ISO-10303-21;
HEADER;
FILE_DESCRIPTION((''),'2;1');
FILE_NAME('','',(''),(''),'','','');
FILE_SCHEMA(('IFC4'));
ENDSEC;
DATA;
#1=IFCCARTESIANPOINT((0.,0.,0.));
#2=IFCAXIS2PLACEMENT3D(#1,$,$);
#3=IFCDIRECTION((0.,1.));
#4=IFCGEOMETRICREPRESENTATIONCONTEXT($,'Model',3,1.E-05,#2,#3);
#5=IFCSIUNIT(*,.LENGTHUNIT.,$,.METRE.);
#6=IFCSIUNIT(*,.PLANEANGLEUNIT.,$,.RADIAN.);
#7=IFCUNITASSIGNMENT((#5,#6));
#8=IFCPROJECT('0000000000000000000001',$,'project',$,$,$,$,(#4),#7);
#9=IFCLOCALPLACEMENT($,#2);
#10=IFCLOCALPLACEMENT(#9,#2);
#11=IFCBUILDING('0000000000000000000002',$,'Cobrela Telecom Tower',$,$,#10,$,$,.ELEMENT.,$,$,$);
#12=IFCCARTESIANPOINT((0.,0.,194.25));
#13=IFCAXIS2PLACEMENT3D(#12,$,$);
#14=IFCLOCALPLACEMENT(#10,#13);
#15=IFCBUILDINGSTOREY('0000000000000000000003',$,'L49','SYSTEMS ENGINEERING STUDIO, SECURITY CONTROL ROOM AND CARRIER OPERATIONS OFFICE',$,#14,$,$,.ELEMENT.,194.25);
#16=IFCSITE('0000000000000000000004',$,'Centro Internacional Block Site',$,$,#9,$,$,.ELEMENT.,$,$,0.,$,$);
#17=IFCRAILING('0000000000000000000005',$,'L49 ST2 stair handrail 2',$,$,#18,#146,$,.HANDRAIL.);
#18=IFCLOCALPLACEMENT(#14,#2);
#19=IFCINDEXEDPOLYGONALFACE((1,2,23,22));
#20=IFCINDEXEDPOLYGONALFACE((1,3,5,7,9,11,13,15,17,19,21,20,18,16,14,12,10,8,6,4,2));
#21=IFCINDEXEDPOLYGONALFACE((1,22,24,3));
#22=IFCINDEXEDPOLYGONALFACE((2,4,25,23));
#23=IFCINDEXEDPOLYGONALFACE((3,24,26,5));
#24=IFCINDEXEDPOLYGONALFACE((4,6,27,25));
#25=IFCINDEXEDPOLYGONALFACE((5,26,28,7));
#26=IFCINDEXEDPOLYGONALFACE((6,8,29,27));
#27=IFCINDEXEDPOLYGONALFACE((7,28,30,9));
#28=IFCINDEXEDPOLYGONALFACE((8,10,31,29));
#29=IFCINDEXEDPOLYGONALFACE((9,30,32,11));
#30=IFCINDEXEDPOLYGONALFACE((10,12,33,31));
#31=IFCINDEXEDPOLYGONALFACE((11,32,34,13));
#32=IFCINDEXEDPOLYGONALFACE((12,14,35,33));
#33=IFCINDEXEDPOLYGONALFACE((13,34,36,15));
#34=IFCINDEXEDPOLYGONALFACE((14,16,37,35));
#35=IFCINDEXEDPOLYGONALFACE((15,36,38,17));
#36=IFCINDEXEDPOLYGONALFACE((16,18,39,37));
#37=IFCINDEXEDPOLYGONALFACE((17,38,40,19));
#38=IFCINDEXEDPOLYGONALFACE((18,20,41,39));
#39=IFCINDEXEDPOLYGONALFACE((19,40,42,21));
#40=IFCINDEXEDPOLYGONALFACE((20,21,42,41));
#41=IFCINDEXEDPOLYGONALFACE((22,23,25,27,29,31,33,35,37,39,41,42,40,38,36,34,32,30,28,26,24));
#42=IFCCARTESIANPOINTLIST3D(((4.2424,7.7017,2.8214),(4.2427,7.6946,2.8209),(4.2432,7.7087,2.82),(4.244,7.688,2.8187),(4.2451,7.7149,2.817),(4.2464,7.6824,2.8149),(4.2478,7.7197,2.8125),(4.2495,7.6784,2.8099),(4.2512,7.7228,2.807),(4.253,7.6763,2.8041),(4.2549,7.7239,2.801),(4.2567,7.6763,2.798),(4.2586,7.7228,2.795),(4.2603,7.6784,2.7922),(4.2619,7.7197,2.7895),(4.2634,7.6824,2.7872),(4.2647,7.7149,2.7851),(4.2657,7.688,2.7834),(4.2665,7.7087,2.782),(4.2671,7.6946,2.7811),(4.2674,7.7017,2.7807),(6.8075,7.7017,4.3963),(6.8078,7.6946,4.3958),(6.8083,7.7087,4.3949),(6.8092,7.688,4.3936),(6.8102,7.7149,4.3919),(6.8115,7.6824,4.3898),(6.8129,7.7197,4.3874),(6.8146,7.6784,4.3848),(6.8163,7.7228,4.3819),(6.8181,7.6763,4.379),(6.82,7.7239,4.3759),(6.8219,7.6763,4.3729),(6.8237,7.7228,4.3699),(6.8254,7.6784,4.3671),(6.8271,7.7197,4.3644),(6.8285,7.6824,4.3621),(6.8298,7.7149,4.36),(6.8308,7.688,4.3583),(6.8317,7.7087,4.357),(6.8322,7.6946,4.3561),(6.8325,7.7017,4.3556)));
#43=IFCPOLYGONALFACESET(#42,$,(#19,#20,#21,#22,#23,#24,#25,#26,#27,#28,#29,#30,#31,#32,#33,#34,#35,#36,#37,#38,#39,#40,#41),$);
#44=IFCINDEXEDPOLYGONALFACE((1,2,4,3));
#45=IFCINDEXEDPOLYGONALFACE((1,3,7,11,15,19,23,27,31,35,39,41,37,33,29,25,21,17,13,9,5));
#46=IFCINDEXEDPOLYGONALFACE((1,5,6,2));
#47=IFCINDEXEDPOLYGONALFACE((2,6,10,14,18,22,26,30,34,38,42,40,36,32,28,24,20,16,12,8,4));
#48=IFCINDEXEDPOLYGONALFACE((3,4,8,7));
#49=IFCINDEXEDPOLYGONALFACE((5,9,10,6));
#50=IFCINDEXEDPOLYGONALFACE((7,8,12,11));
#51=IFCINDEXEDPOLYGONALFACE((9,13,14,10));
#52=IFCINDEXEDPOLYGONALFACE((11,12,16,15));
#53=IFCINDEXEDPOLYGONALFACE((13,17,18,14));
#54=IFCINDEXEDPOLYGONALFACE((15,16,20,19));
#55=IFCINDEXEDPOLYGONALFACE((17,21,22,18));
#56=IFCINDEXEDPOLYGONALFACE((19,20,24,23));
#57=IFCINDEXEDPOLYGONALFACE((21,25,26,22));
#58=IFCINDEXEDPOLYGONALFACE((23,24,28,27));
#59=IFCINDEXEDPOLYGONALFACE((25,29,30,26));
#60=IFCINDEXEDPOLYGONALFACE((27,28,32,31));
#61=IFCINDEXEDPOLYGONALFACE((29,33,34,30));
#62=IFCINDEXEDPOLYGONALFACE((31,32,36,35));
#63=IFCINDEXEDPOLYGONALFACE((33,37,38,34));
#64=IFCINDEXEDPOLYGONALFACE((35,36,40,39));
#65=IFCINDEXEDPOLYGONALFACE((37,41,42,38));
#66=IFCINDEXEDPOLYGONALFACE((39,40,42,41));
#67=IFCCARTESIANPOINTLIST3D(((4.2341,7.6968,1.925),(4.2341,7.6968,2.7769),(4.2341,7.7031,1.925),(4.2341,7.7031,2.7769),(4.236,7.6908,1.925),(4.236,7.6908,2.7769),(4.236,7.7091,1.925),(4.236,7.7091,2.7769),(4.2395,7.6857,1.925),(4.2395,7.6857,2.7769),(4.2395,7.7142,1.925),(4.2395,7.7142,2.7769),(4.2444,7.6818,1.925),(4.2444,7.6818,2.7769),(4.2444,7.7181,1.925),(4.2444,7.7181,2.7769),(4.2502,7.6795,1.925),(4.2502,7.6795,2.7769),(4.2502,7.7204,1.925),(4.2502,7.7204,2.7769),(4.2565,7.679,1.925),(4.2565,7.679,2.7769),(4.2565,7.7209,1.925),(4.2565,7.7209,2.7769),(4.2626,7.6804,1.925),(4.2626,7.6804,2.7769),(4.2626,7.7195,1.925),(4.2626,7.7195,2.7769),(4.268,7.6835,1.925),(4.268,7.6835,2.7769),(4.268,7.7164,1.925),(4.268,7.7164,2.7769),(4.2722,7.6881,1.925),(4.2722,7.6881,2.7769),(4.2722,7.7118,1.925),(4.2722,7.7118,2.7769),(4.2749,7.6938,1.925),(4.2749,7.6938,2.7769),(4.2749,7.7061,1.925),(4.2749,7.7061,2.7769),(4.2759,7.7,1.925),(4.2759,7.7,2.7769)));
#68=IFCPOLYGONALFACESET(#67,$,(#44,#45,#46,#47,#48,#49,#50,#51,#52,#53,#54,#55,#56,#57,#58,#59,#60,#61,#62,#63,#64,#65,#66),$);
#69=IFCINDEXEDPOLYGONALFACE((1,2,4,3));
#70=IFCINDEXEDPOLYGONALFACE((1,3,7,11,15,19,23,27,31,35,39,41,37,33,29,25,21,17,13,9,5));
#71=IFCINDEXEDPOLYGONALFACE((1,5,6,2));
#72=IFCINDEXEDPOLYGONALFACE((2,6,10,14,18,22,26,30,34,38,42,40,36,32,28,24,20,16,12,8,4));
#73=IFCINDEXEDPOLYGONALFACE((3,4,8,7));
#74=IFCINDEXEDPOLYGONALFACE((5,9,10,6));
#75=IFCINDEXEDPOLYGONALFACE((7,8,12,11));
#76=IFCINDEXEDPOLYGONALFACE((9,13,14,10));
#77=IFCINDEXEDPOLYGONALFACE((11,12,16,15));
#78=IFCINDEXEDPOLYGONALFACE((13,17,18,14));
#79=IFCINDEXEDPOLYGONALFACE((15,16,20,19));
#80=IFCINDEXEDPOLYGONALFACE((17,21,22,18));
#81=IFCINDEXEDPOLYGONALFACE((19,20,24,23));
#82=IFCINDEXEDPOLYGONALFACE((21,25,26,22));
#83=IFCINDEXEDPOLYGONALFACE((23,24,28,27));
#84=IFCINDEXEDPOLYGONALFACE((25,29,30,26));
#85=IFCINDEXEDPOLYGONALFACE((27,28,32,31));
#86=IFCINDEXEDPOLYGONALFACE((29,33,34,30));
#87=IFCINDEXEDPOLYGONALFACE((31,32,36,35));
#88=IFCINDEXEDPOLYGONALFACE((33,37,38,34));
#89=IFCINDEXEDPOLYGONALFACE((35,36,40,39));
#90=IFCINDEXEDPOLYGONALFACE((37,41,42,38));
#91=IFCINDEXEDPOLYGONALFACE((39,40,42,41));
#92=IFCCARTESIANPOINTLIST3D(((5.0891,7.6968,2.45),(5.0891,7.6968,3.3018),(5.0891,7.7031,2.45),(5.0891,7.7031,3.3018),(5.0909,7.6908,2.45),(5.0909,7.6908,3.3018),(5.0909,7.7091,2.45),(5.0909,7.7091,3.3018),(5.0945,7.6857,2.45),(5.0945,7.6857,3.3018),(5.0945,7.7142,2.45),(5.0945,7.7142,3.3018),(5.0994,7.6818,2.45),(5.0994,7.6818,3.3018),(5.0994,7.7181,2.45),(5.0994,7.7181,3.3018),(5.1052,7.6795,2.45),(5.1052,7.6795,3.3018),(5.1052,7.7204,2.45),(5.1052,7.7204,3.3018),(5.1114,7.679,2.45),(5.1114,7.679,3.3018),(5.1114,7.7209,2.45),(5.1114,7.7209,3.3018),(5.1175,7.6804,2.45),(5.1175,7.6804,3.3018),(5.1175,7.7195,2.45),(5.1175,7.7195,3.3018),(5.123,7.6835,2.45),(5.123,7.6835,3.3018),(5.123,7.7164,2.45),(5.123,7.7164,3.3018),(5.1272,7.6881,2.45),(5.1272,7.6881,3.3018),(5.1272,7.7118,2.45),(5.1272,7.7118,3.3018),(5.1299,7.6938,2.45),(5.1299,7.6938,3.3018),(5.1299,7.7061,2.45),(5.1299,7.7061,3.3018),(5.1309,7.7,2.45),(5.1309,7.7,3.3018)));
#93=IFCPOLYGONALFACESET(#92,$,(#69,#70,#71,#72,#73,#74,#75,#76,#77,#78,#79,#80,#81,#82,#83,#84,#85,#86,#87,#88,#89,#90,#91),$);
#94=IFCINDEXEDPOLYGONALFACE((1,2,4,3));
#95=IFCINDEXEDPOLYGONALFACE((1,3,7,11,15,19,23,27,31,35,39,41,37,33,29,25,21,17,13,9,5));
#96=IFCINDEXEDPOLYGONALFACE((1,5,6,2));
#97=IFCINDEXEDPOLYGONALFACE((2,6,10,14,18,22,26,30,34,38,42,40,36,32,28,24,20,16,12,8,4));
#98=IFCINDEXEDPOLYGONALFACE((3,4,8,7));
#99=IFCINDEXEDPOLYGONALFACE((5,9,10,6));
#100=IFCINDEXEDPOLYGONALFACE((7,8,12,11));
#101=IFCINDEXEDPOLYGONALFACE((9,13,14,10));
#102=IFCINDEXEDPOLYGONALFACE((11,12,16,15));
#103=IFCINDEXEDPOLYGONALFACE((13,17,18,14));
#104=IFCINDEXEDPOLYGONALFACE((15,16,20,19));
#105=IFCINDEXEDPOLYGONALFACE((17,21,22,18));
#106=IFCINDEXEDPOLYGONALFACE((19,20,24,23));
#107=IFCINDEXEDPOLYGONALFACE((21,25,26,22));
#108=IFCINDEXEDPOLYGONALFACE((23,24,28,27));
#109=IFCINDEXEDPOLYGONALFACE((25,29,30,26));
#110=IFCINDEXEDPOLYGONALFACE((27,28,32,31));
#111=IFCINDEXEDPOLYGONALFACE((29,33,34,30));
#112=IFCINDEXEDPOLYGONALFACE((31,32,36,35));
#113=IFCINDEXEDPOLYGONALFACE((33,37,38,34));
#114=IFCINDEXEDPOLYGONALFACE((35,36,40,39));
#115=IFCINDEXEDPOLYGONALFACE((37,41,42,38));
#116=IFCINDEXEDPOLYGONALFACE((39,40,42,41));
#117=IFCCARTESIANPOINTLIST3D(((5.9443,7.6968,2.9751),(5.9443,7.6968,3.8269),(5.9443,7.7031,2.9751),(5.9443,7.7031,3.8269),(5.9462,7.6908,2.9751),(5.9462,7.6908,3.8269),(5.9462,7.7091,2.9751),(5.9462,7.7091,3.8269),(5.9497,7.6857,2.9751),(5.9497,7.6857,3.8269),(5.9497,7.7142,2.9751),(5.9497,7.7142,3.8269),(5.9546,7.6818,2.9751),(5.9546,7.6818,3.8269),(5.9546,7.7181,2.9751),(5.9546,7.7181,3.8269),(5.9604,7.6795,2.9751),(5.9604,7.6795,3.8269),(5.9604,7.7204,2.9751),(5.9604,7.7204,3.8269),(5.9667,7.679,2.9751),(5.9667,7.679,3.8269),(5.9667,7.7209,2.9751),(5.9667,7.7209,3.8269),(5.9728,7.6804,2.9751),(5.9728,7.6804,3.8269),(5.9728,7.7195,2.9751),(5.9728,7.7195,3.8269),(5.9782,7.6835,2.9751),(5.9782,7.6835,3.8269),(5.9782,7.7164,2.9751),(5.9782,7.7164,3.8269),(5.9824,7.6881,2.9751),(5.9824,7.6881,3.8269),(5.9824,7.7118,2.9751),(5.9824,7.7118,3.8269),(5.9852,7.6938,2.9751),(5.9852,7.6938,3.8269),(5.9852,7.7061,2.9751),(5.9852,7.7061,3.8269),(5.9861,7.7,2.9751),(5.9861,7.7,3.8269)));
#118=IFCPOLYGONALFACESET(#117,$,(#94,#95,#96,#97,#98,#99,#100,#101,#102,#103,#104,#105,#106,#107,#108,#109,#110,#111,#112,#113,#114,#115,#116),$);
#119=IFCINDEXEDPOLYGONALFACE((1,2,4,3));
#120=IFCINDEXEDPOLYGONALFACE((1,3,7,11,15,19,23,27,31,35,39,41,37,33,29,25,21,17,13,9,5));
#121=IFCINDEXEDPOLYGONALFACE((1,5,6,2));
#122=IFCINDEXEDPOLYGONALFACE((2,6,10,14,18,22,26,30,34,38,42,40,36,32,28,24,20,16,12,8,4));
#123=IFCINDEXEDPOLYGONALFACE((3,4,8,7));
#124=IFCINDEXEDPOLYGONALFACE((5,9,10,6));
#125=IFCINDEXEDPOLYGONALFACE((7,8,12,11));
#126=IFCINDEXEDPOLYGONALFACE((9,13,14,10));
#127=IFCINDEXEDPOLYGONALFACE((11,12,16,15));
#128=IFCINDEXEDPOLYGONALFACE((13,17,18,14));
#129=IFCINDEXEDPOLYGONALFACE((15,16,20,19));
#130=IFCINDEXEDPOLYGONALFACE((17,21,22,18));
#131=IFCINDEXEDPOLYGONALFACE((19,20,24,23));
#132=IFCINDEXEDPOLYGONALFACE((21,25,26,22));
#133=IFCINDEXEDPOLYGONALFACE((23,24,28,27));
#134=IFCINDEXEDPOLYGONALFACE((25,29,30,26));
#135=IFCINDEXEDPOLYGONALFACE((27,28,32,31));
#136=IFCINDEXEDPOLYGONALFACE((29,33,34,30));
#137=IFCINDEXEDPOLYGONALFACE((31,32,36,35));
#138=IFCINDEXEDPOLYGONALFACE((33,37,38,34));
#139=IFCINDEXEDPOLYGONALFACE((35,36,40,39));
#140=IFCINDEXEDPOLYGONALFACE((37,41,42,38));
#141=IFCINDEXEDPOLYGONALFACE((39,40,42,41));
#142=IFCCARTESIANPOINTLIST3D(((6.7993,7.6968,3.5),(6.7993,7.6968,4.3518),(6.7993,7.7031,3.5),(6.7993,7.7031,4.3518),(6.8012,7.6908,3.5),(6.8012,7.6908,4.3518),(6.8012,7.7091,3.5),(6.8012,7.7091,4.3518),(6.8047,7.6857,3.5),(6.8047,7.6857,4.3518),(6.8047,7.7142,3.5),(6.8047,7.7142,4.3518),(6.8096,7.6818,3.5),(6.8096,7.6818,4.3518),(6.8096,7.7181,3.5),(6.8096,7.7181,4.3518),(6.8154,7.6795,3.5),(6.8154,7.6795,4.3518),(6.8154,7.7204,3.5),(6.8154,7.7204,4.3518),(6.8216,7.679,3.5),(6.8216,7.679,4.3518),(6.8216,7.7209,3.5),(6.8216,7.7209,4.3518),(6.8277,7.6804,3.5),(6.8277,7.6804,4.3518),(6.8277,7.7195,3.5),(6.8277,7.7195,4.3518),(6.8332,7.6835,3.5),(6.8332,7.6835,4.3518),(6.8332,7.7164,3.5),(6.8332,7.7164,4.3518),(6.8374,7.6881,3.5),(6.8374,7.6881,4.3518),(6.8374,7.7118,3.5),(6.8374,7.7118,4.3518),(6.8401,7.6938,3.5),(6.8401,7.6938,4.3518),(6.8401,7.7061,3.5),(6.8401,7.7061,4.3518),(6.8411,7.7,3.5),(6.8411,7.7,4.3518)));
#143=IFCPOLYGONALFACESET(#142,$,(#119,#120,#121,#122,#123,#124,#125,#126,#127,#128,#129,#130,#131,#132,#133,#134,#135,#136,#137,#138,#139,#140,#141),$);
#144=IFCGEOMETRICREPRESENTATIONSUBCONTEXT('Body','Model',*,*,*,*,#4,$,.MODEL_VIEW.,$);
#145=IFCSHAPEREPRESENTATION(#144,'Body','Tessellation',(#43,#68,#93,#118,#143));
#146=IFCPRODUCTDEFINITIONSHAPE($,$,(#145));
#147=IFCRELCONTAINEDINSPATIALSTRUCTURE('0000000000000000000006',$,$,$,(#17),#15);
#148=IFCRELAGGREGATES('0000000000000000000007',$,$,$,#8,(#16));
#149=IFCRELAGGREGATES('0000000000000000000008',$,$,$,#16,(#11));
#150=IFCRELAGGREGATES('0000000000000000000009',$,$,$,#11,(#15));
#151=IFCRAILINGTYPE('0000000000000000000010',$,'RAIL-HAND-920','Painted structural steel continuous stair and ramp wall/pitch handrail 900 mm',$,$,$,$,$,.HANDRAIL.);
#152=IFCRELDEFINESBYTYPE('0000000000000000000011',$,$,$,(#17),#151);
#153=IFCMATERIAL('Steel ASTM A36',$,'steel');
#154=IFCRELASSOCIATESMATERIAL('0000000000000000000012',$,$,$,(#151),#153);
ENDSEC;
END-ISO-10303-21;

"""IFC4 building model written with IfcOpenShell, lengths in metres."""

from ifc_helpers import new_model, si_unit, direction, frame, origin, origin_2d, place, context, subcontext, project, spatial, circle, extrude, material, type_object, element, save


model = new_model("IFC4")

# Units and contexts
model_context = context("Model", 3, precision=1e-05, world=origin(), true_north=direction((0.0, 1.0)))
body_context = subcontext(model_context, "Body", "Model", "MODEL_VIEW")
ifc_project = project(units=[si_unit("LENGTHUNIT", "METRE"), si_unit("PLANEANGLEUNIT", "RADIAN")], contexts=[model_context])

# Site, building, storey
site_placement = place(None, origin())
site = spatial("IfcSite", under=ifc_project, at=site_placement, Name="Centro Internacional Block Site", CompositionType="ELEMENT", RefElevation=0.0)
building_placement = place(site_placement, origin())
building = spatial("IfcBuilding", under=site, at=building_placement, Name="Cobrela Telecom Tower", CompositionType="ELEMENT")
storey_placement = place(building_placement, frame((0.0, 0.0, 194.25)))
storey = spatial("IfcBuildingStorey", under=building, at=storey_placement, Name="L49", Description="SYSTEMS ENGINEERING STUDIO, SECURITY CONTROL ROOM AND CARRIER OPERATIONS OFFICE", CompositionType="ELEMENT", Elevation=194.25)

# Railing
ifc_material_1 = material(Name="Steel ASTM A36", Category="steel")
railing_type_1 = type_object("IfcRailingType", Name="RAIL-HAND-920", Description="Painted structural steel continuous stair and ramp wall/pitch handrail 900 mm", PredefinedType="HANDRAIL", material=ifc_material_1)
railing_1_placement = place(storey_placement, frame((4.2549, 7.7, 1.925)))
element("IfcRailing", 1, at=railing_1_placement, inside=storey, type_object=railing_type_1, Name="L49 ST2 stair handrail 2", PredefinedType="HANDRAIL", context=body_context, shape_type="SweptSolid", body=[
    extrude(circle(Radius=0.0239, at=origin_2d()), frame((0.0, 0.0, 0.876), z_axis=(0.852195, 0.0, 0.523224), x_axis=(0.0, 1.0, 0.0)), (0.0, 0.0, 1.0), 3.01),
    extrude(circle(Radius=0.021, at=origin_2d()), origin(), (0.0, 0.0, 1.0), 0.8518),
    extrude(circle(Radius=0.021, at=origin_2d()), frame((0.855, 0.0, 0.5249)), (0.0, 0.0, 1.0), 0.8518),
    extrude(circle(Radius=0.021, at=origin_2d()), frame((1.7102, 0.0, 1.05)), (0.0, 0.0, 1.0), 0.8518),
    extrude(circle(Radius=0.021, at=origin_2d()), frame((2.5652, 0.0, 1.575)), (0.0, 0.0, 1.0), 0.8518),
])

save(model, "model.ifc")
